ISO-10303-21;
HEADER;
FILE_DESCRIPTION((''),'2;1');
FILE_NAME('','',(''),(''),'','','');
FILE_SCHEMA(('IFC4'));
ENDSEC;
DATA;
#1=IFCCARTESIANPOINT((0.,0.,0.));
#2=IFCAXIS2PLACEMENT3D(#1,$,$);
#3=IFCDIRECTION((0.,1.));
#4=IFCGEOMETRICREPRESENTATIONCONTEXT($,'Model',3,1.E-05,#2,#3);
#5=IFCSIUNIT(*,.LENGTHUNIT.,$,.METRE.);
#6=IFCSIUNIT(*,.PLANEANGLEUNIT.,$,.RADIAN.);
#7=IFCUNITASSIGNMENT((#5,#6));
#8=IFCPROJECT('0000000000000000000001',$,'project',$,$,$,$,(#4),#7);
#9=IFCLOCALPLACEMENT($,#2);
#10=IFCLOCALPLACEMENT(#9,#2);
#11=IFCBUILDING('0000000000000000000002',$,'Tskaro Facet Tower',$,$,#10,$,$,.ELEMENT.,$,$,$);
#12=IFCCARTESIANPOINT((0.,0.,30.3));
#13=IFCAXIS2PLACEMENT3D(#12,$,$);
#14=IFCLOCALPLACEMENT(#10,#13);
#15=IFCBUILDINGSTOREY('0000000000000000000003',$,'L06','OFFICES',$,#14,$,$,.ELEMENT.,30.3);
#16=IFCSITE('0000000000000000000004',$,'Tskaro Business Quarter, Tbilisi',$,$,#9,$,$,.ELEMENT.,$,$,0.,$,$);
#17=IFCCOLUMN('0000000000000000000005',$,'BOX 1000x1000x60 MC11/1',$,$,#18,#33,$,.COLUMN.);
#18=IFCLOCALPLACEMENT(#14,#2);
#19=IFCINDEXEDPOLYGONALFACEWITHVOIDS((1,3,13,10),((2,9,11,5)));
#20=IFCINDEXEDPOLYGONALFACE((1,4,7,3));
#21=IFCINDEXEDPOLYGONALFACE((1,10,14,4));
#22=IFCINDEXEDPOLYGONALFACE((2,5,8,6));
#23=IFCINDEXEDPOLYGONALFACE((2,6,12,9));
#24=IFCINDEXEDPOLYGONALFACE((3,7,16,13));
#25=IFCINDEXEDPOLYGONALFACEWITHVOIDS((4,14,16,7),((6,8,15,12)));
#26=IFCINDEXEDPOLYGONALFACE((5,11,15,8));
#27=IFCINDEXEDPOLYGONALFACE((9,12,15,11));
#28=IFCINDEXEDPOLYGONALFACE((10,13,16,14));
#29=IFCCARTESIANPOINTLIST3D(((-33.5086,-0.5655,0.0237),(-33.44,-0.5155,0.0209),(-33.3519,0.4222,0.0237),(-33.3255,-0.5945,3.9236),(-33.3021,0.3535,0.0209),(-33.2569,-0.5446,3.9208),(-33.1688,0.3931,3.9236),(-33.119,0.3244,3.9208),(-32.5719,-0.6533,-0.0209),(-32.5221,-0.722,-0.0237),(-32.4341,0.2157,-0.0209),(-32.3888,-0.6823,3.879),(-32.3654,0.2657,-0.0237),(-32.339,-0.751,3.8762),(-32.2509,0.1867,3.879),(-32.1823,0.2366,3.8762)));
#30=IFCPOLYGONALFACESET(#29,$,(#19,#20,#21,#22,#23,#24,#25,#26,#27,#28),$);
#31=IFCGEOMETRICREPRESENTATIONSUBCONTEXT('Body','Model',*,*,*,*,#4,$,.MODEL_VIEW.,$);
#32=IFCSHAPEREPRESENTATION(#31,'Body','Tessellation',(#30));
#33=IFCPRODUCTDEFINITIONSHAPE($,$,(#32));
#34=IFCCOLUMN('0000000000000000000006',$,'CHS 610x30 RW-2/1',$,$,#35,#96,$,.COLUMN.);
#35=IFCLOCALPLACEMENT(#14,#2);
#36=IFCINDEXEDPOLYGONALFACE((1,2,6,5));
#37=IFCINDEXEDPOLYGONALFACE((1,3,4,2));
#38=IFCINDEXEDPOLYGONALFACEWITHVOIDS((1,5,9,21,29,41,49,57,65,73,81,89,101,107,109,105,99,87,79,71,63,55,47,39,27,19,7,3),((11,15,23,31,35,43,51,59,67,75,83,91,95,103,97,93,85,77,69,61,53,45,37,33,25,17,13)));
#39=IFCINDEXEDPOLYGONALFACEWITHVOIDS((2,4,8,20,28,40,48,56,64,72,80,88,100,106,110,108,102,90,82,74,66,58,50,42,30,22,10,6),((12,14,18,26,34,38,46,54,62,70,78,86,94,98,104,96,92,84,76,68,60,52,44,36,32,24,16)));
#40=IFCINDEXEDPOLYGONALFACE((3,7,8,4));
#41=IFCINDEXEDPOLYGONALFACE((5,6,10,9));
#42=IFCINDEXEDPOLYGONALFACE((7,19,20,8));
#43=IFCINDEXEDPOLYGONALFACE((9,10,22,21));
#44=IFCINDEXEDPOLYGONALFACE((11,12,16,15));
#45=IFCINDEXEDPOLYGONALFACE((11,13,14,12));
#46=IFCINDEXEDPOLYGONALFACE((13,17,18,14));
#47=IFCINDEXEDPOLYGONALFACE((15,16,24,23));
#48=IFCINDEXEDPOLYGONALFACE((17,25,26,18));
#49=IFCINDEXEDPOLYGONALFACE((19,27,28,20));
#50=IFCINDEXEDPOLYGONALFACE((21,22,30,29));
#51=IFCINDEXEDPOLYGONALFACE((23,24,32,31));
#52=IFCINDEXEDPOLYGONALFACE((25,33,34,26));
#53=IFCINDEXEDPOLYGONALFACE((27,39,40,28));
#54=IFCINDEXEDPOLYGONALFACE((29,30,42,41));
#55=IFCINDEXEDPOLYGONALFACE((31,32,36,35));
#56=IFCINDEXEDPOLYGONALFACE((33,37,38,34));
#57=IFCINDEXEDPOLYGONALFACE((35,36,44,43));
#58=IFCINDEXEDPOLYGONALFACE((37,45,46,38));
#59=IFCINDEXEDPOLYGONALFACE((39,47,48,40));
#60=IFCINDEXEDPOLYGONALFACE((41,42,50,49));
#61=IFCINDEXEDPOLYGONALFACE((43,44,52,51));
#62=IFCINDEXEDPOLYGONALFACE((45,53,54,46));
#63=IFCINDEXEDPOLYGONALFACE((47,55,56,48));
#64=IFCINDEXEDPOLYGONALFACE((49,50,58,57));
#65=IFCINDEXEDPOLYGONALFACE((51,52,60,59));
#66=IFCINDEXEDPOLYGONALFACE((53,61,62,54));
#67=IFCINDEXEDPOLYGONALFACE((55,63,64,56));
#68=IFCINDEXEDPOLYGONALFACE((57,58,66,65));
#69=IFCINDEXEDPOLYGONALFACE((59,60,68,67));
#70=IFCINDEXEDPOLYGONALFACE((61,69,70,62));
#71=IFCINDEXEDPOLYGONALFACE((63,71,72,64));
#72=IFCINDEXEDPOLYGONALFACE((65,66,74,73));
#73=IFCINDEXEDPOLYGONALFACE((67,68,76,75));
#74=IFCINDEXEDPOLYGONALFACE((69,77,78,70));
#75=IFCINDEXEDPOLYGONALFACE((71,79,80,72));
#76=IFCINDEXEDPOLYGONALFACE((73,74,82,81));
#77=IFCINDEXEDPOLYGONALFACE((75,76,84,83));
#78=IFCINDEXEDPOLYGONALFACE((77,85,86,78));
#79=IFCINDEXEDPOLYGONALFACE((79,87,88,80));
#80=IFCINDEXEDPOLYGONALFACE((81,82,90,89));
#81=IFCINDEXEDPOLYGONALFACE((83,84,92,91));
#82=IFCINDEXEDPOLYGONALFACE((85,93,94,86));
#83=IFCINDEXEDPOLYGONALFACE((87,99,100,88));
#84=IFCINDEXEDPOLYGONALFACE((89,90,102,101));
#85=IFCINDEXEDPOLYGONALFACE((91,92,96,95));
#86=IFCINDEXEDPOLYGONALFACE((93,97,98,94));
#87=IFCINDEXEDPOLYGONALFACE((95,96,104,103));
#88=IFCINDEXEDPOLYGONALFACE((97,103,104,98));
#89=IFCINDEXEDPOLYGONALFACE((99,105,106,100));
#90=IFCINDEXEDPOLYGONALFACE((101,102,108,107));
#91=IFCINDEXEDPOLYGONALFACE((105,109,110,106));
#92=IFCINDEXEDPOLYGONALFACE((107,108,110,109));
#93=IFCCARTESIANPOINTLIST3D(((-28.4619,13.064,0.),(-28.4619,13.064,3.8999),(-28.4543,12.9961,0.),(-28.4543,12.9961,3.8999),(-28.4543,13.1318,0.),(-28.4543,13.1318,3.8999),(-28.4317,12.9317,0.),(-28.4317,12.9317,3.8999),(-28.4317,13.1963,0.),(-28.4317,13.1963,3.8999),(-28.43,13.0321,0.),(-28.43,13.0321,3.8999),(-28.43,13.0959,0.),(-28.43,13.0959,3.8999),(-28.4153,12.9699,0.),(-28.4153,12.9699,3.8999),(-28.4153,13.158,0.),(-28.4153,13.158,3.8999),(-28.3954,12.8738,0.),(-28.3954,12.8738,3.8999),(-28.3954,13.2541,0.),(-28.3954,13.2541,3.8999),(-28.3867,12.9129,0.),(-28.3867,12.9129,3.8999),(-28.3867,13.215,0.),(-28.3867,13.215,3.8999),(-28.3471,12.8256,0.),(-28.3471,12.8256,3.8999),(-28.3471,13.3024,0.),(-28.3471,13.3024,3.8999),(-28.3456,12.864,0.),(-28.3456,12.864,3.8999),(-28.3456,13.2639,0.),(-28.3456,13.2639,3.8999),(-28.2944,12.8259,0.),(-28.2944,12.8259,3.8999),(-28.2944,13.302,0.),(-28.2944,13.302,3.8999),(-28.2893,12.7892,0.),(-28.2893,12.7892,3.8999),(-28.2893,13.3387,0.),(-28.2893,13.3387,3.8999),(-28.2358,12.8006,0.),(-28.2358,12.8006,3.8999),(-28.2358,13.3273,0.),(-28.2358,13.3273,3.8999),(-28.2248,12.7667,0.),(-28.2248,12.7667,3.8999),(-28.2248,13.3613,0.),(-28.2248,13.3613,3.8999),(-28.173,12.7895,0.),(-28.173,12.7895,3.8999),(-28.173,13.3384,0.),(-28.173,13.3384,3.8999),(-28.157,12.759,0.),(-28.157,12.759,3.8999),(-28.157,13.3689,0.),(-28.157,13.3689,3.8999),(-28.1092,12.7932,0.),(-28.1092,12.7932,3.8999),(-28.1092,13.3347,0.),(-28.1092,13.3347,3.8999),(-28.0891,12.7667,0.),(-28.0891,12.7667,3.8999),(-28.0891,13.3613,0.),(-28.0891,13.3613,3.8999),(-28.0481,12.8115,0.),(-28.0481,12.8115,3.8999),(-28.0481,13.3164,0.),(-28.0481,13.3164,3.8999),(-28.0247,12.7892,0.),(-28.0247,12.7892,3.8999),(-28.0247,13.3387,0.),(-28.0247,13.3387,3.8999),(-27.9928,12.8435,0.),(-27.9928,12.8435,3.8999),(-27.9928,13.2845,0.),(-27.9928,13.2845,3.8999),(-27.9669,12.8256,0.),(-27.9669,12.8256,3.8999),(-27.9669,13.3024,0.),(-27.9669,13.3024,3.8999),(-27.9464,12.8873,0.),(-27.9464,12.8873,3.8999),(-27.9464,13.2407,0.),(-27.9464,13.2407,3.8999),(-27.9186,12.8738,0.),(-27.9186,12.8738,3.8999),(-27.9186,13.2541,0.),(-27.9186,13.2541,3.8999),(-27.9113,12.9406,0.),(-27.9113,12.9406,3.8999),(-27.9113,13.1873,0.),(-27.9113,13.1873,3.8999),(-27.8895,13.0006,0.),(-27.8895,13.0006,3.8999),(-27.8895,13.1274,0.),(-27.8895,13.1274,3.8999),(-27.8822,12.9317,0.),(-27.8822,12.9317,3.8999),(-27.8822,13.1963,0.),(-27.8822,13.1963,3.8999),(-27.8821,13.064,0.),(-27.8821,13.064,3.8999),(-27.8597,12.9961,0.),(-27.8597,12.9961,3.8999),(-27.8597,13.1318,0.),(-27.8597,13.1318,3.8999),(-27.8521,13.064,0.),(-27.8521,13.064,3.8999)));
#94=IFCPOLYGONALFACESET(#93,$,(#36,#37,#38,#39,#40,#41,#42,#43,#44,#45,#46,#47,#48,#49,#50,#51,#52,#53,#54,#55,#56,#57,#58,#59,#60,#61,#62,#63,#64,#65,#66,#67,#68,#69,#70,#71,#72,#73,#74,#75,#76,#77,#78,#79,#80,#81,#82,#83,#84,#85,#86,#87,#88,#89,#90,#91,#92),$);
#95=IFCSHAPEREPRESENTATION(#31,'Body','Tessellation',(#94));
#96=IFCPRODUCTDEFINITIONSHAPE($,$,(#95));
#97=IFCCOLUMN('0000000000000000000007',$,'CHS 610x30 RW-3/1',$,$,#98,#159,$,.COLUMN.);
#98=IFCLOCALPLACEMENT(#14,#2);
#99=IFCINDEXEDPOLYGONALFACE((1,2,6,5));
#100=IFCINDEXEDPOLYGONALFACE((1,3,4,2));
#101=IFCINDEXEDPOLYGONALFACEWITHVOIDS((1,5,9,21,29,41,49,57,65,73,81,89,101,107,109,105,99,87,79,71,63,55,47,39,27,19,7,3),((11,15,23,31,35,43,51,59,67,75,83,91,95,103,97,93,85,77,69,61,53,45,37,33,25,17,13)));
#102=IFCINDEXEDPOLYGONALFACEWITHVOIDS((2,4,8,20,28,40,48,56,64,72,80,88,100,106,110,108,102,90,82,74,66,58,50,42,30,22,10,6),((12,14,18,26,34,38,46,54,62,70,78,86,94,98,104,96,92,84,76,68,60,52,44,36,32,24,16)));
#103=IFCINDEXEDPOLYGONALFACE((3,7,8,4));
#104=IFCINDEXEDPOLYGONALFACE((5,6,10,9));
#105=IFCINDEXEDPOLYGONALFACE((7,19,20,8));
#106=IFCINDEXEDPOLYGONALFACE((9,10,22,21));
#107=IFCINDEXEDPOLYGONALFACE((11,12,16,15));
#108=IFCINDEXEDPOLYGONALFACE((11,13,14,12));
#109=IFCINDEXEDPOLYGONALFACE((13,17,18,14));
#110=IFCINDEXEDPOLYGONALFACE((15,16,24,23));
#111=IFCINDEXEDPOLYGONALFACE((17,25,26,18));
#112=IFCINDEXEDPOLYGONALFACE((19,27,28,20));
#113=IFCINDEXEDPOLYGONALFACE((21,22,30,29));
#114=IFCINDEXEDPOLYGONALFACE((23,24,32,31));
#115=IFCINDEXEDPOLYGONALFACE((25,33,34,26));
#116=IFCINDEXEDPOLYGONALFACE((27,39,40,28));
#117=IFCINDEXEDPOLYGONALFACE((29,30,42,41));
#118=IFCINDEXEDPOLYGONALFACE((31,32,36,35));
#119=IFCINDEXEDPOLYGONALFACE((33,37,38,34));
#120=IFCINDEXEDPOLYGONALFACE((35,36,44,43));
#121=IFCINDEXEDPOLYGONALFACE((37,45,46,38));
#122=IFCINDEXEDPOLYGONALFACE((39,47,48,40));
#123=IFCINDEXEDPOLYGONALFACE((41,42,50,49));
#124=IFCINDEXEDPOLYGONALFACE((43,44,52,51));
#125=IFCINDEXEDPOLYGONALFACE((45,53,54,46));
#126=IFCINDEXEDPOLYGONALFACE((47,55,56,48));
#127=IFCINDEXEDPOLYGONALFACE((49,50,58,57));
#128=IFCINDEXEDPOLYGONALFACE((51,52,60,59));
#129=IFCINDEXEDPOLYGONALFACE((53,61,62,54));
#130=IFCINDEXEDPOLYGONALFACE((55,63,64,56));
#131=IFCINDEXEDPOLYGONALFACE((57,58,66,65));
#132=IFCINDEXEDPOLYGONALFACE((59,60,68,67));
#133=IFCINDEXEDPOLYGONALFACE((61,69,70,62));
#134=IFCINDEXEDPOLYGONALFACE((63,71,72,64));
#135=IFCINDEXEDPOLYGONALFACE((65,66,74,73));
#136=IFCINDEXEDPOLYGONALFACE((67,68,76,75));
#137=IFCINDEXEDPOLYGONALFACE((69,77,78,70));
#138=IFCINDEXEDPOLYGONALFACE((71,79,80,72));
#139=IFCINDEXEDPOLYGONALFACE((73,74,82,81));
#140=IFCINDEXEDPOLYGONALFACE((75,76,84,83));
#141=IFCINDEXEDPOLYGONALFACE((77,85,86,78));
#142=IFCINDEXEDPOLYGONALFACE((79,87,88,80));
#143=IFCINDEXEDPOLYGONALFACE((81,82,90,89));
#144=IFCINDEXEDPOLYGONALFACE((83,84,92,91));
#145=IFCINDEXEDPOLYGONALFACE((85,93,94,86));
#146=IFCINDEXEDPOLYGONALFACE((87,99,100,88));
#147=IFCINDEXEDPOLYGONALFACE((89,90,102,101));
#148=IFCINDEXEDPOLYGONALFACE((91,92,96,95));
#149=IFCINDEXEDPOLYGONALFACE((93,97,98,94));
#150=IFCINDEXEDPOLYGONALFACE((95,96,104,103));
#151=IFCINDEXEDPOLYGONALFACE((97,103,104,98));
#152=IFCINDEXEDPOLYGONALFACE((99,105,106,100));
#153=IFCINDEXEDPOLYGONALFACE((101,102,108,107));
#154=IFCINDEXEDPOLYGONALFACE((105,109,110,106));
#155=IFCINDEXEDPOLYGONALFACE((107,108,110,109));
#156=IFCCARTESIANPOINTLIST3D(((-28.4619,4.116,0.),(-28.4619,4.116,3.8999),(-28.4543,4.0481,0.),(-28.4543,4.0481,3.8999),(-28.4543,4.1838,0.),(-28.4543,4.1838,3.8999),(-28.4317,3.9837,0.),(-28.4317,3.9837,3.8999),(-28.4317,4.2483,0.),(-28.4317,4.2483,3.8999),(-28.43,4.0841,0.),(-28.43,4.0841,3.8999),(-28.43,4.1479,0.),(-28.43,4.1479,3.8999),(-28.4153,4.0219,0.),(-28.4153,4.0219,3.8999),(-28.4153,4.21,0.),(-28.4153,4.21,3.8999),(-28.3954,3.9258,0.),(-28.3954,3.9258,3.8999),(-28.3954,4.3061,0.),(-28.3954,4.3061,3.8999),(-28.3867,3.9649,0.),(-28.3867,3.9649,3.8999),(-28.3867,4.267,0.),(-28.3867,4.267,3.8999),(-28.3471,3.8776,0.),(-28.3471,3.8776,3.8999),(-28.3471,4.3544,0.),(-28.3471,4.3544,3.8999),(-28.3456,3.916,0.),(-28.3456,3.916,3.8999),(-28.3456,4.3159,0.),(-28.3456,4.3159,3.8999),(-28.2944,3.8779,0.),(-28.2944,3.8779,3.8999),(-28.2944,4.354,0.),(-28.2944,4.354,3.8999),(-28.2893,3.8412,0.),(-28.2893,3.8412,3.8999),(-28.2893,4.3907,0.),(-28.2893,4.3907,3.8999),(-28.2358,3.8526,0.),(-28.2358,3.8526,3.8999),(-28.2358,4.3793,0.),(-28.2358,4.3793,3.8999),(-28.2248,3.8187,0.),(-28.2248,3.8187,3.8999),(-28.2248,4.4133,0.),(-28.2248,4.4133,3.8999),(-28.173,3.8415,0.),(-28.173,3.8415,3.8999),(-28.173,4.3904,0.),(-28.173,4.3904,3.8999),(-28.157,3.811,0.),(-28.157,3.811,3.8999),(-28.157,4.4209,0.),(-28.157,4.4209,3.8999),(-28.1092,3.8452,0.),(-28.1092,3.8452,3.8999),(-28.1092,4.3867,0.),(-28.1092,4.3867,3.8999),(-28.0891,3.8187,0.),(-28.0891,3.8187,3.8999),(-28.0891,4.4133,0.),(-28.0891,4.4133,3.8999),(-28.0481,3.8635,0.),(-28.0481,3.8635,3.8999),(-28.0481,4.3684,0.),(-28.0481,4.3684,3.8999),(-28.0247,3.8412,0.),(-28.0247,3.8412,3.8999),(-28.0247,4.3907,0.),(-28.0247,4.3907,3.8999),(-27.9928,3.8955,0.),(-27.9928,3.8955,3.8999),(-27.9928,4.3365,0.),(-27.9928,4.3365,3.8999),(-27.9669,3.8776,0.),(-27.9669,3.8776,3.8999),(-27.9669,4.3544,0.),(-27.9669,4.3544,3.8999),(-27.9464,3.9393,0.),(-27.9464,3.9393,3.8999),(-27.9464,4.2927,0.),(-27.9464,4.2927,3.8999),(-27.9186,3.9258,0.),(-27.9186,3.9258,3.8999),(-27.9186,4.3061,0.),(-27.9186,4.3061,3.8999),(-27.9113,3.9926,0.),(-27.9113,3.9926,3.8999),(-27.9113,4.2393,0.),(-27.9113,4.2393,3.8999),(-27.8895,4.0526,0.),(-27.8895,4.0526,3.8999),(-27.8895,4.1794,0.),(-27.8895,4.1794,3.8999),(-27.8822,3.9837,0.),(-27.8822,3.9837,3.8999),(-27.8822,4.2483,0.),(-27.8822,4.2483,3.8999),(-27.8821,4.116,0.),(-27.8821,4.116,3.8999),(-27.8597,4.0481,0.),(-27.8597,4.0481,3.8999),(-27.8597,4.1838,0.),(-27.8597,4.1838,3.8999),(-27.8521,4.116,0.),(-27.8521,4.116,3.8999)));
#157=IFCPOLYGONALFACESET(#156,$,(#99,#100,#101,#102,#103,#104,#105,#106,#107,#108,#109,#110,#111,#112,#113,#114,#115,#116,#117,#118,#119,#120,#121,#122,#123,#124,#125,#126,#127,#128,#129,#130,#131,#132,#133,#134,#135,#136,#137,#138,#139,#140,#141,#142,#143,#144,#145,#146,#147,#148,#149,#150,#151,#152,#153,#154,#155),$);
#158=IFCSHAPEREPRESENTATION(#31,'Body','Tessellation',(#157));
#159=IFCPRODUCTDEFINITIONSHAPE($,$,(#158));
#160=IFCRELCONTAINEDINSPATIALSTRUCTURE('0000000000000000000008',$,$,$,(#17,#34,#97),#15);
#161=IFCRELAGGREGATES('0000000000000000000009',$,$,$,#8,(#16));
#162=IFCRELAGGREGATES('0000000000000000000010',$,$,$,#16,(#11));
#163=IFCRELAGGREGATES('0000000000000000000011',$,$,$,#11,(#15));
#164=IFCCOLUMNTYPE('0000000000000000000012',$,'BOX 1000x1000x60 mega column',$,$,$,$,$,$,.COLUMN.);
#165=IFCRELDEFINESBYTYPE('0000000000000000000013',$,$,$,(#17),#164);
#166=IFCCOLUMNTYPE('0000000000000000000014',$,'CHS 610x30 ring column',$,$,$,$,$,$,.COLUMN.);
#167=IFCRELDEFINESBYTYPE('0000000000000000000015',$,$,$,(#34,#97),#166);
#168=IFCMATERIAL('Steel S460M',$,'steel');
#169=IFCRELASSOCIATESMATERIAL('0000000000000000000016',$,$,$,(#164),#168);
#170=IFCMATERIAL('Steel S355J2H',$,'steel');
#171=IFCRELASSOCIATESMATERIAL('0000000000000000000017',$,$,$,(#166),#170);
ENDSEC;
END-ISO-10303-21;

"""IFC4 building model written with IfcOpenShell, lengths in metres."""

from ifc_helpers import new_model, si_unit, direction, frame, origin, origin_2d, place, context, subcontext, project, spatial, hollow_rectangle, hollow_circle, extrude, material, material_profile, profile_set, type_object, element, save


model = new_model("IFC4")

# Units and contexts
model_context = context("Model", 3, precision=1e-05, world=origin(), true_north=direction((0.0, 1.0)))
body_context = subcontext(model_context, "Body", "Model", "MODEL_VIEW")
ifc_project = project(units=[si_unit("LENGTHUNIT", "METRE"), si_unit("PLANEANGLEUNIT", "RADIAN")], contexts=[model_context])

# Site, building, storey
site_placement = place(None, origin())
site = spatial("IfcSite", under=ifc_project, at=site_placement, Name="Tskaro Business Quarter, Tbilisi", CompositionType="ELEMENT", RefElevation=0.0)
building_placement = place(site_placement, origin())
building = spatial("IfcBuilding", under=site, at=building_placement, Name="Tskaro Facet Tower", CompositionType="ELEMENT")
storey_placement = place(building_placement, frame((0.0, 0.0, 30.3)))
storey = spatial("IfcBuildingStorey", under=building, at=storey_placement, Name="L06", Description="OFFICES", CompositionType="ELEMENT", Elevation=30.3)

# Columns
ifc_material_1 = material(Name="Steel S460M", Category="steel")
ifc_material_profile_1 = material_profile(ifc_material_1, hollow_rectangle(XDim=1.0, YDim=1.0, WallThickness=0.0601, at=origin_2d()), Name="BOX 1000x1000x60")
ifc_profile_set_1 = profile_set([ifc_material_profile_1], Name="Steel S460M")
column_type_1 = type_object("IfcColumnType", Name="BOX 1000x1000x60 mega column", PredefinedType="COLUMN", material=ifc_profile_set_1)
column_placement = place(storey_placement, frame((-32.937, -0.1499, 0.0), z_axis=(0.046898, -0.007441, 0.998872), x_axis=(0.156706, 0.987645, 0.0)))
element("IfcColumn", 1, at=column_placement, inside=storey, type_object=column_type_1, Name="BOX 1000x1000x60 MC11/1", PredefinedType="COLUMN", context=body_context, shape_type="SweptSolid", body=[
    extrude(hollow_rectangle(XDim=1.0, YDim=1.0, WallThickness=0.0601, at=origin_2d()), origin(), (0.0, 0.0, 1.0), 3.9043),
])
ifc_material_2 = material(Name="Steel S355J2H", Category="steel")
ifc_material_profile_2 = material_profile(ifc_material_2, hollow_circle(Radius=0.3049, WallThickness=0.03, at=origin_2d()), Name="CHS 610x30")
ifc_profile_set_2 = profile_set([ifc_material_profile_2], Name="Steel S355J2H")
column_type_2 = type_object("IfcColumnType", Name="CHS 610x30 ring column", PredefinedType="COLUMN", material=ifc_profile_set_2)
for number, where, z_axis, x_axis, name in (
    (2, (-28.157, 13.064, 0.0), (0.0, 0.0, 1.0), (1.0, 0.0, 0.0), "CHS 610x30 RW-2/1"),
    (3, (-28.157, 4.116, 0.0), (0.0, 0.0, 1.0), (1.0, 0.0, 0.0), "CHS 610x30 RW-3/1"),
):
    element("IfcColumn", number, at=place(storey_placement, frame(where, z_axis=z_axis, x_axis=x_axis)), inside=storey, type_object=column_type_2, Name=name, PredefinedType="COLUMN", context=body_context, shape_type="SweptSolid", body=[
        extrude(hollow_circle(Radius=0.3049, WallThickness=0.03, at=origin_2d()), origin(), (0.0, 0.0, 1.0), 3.8999),
    ])

save(model, "model.ifc")
